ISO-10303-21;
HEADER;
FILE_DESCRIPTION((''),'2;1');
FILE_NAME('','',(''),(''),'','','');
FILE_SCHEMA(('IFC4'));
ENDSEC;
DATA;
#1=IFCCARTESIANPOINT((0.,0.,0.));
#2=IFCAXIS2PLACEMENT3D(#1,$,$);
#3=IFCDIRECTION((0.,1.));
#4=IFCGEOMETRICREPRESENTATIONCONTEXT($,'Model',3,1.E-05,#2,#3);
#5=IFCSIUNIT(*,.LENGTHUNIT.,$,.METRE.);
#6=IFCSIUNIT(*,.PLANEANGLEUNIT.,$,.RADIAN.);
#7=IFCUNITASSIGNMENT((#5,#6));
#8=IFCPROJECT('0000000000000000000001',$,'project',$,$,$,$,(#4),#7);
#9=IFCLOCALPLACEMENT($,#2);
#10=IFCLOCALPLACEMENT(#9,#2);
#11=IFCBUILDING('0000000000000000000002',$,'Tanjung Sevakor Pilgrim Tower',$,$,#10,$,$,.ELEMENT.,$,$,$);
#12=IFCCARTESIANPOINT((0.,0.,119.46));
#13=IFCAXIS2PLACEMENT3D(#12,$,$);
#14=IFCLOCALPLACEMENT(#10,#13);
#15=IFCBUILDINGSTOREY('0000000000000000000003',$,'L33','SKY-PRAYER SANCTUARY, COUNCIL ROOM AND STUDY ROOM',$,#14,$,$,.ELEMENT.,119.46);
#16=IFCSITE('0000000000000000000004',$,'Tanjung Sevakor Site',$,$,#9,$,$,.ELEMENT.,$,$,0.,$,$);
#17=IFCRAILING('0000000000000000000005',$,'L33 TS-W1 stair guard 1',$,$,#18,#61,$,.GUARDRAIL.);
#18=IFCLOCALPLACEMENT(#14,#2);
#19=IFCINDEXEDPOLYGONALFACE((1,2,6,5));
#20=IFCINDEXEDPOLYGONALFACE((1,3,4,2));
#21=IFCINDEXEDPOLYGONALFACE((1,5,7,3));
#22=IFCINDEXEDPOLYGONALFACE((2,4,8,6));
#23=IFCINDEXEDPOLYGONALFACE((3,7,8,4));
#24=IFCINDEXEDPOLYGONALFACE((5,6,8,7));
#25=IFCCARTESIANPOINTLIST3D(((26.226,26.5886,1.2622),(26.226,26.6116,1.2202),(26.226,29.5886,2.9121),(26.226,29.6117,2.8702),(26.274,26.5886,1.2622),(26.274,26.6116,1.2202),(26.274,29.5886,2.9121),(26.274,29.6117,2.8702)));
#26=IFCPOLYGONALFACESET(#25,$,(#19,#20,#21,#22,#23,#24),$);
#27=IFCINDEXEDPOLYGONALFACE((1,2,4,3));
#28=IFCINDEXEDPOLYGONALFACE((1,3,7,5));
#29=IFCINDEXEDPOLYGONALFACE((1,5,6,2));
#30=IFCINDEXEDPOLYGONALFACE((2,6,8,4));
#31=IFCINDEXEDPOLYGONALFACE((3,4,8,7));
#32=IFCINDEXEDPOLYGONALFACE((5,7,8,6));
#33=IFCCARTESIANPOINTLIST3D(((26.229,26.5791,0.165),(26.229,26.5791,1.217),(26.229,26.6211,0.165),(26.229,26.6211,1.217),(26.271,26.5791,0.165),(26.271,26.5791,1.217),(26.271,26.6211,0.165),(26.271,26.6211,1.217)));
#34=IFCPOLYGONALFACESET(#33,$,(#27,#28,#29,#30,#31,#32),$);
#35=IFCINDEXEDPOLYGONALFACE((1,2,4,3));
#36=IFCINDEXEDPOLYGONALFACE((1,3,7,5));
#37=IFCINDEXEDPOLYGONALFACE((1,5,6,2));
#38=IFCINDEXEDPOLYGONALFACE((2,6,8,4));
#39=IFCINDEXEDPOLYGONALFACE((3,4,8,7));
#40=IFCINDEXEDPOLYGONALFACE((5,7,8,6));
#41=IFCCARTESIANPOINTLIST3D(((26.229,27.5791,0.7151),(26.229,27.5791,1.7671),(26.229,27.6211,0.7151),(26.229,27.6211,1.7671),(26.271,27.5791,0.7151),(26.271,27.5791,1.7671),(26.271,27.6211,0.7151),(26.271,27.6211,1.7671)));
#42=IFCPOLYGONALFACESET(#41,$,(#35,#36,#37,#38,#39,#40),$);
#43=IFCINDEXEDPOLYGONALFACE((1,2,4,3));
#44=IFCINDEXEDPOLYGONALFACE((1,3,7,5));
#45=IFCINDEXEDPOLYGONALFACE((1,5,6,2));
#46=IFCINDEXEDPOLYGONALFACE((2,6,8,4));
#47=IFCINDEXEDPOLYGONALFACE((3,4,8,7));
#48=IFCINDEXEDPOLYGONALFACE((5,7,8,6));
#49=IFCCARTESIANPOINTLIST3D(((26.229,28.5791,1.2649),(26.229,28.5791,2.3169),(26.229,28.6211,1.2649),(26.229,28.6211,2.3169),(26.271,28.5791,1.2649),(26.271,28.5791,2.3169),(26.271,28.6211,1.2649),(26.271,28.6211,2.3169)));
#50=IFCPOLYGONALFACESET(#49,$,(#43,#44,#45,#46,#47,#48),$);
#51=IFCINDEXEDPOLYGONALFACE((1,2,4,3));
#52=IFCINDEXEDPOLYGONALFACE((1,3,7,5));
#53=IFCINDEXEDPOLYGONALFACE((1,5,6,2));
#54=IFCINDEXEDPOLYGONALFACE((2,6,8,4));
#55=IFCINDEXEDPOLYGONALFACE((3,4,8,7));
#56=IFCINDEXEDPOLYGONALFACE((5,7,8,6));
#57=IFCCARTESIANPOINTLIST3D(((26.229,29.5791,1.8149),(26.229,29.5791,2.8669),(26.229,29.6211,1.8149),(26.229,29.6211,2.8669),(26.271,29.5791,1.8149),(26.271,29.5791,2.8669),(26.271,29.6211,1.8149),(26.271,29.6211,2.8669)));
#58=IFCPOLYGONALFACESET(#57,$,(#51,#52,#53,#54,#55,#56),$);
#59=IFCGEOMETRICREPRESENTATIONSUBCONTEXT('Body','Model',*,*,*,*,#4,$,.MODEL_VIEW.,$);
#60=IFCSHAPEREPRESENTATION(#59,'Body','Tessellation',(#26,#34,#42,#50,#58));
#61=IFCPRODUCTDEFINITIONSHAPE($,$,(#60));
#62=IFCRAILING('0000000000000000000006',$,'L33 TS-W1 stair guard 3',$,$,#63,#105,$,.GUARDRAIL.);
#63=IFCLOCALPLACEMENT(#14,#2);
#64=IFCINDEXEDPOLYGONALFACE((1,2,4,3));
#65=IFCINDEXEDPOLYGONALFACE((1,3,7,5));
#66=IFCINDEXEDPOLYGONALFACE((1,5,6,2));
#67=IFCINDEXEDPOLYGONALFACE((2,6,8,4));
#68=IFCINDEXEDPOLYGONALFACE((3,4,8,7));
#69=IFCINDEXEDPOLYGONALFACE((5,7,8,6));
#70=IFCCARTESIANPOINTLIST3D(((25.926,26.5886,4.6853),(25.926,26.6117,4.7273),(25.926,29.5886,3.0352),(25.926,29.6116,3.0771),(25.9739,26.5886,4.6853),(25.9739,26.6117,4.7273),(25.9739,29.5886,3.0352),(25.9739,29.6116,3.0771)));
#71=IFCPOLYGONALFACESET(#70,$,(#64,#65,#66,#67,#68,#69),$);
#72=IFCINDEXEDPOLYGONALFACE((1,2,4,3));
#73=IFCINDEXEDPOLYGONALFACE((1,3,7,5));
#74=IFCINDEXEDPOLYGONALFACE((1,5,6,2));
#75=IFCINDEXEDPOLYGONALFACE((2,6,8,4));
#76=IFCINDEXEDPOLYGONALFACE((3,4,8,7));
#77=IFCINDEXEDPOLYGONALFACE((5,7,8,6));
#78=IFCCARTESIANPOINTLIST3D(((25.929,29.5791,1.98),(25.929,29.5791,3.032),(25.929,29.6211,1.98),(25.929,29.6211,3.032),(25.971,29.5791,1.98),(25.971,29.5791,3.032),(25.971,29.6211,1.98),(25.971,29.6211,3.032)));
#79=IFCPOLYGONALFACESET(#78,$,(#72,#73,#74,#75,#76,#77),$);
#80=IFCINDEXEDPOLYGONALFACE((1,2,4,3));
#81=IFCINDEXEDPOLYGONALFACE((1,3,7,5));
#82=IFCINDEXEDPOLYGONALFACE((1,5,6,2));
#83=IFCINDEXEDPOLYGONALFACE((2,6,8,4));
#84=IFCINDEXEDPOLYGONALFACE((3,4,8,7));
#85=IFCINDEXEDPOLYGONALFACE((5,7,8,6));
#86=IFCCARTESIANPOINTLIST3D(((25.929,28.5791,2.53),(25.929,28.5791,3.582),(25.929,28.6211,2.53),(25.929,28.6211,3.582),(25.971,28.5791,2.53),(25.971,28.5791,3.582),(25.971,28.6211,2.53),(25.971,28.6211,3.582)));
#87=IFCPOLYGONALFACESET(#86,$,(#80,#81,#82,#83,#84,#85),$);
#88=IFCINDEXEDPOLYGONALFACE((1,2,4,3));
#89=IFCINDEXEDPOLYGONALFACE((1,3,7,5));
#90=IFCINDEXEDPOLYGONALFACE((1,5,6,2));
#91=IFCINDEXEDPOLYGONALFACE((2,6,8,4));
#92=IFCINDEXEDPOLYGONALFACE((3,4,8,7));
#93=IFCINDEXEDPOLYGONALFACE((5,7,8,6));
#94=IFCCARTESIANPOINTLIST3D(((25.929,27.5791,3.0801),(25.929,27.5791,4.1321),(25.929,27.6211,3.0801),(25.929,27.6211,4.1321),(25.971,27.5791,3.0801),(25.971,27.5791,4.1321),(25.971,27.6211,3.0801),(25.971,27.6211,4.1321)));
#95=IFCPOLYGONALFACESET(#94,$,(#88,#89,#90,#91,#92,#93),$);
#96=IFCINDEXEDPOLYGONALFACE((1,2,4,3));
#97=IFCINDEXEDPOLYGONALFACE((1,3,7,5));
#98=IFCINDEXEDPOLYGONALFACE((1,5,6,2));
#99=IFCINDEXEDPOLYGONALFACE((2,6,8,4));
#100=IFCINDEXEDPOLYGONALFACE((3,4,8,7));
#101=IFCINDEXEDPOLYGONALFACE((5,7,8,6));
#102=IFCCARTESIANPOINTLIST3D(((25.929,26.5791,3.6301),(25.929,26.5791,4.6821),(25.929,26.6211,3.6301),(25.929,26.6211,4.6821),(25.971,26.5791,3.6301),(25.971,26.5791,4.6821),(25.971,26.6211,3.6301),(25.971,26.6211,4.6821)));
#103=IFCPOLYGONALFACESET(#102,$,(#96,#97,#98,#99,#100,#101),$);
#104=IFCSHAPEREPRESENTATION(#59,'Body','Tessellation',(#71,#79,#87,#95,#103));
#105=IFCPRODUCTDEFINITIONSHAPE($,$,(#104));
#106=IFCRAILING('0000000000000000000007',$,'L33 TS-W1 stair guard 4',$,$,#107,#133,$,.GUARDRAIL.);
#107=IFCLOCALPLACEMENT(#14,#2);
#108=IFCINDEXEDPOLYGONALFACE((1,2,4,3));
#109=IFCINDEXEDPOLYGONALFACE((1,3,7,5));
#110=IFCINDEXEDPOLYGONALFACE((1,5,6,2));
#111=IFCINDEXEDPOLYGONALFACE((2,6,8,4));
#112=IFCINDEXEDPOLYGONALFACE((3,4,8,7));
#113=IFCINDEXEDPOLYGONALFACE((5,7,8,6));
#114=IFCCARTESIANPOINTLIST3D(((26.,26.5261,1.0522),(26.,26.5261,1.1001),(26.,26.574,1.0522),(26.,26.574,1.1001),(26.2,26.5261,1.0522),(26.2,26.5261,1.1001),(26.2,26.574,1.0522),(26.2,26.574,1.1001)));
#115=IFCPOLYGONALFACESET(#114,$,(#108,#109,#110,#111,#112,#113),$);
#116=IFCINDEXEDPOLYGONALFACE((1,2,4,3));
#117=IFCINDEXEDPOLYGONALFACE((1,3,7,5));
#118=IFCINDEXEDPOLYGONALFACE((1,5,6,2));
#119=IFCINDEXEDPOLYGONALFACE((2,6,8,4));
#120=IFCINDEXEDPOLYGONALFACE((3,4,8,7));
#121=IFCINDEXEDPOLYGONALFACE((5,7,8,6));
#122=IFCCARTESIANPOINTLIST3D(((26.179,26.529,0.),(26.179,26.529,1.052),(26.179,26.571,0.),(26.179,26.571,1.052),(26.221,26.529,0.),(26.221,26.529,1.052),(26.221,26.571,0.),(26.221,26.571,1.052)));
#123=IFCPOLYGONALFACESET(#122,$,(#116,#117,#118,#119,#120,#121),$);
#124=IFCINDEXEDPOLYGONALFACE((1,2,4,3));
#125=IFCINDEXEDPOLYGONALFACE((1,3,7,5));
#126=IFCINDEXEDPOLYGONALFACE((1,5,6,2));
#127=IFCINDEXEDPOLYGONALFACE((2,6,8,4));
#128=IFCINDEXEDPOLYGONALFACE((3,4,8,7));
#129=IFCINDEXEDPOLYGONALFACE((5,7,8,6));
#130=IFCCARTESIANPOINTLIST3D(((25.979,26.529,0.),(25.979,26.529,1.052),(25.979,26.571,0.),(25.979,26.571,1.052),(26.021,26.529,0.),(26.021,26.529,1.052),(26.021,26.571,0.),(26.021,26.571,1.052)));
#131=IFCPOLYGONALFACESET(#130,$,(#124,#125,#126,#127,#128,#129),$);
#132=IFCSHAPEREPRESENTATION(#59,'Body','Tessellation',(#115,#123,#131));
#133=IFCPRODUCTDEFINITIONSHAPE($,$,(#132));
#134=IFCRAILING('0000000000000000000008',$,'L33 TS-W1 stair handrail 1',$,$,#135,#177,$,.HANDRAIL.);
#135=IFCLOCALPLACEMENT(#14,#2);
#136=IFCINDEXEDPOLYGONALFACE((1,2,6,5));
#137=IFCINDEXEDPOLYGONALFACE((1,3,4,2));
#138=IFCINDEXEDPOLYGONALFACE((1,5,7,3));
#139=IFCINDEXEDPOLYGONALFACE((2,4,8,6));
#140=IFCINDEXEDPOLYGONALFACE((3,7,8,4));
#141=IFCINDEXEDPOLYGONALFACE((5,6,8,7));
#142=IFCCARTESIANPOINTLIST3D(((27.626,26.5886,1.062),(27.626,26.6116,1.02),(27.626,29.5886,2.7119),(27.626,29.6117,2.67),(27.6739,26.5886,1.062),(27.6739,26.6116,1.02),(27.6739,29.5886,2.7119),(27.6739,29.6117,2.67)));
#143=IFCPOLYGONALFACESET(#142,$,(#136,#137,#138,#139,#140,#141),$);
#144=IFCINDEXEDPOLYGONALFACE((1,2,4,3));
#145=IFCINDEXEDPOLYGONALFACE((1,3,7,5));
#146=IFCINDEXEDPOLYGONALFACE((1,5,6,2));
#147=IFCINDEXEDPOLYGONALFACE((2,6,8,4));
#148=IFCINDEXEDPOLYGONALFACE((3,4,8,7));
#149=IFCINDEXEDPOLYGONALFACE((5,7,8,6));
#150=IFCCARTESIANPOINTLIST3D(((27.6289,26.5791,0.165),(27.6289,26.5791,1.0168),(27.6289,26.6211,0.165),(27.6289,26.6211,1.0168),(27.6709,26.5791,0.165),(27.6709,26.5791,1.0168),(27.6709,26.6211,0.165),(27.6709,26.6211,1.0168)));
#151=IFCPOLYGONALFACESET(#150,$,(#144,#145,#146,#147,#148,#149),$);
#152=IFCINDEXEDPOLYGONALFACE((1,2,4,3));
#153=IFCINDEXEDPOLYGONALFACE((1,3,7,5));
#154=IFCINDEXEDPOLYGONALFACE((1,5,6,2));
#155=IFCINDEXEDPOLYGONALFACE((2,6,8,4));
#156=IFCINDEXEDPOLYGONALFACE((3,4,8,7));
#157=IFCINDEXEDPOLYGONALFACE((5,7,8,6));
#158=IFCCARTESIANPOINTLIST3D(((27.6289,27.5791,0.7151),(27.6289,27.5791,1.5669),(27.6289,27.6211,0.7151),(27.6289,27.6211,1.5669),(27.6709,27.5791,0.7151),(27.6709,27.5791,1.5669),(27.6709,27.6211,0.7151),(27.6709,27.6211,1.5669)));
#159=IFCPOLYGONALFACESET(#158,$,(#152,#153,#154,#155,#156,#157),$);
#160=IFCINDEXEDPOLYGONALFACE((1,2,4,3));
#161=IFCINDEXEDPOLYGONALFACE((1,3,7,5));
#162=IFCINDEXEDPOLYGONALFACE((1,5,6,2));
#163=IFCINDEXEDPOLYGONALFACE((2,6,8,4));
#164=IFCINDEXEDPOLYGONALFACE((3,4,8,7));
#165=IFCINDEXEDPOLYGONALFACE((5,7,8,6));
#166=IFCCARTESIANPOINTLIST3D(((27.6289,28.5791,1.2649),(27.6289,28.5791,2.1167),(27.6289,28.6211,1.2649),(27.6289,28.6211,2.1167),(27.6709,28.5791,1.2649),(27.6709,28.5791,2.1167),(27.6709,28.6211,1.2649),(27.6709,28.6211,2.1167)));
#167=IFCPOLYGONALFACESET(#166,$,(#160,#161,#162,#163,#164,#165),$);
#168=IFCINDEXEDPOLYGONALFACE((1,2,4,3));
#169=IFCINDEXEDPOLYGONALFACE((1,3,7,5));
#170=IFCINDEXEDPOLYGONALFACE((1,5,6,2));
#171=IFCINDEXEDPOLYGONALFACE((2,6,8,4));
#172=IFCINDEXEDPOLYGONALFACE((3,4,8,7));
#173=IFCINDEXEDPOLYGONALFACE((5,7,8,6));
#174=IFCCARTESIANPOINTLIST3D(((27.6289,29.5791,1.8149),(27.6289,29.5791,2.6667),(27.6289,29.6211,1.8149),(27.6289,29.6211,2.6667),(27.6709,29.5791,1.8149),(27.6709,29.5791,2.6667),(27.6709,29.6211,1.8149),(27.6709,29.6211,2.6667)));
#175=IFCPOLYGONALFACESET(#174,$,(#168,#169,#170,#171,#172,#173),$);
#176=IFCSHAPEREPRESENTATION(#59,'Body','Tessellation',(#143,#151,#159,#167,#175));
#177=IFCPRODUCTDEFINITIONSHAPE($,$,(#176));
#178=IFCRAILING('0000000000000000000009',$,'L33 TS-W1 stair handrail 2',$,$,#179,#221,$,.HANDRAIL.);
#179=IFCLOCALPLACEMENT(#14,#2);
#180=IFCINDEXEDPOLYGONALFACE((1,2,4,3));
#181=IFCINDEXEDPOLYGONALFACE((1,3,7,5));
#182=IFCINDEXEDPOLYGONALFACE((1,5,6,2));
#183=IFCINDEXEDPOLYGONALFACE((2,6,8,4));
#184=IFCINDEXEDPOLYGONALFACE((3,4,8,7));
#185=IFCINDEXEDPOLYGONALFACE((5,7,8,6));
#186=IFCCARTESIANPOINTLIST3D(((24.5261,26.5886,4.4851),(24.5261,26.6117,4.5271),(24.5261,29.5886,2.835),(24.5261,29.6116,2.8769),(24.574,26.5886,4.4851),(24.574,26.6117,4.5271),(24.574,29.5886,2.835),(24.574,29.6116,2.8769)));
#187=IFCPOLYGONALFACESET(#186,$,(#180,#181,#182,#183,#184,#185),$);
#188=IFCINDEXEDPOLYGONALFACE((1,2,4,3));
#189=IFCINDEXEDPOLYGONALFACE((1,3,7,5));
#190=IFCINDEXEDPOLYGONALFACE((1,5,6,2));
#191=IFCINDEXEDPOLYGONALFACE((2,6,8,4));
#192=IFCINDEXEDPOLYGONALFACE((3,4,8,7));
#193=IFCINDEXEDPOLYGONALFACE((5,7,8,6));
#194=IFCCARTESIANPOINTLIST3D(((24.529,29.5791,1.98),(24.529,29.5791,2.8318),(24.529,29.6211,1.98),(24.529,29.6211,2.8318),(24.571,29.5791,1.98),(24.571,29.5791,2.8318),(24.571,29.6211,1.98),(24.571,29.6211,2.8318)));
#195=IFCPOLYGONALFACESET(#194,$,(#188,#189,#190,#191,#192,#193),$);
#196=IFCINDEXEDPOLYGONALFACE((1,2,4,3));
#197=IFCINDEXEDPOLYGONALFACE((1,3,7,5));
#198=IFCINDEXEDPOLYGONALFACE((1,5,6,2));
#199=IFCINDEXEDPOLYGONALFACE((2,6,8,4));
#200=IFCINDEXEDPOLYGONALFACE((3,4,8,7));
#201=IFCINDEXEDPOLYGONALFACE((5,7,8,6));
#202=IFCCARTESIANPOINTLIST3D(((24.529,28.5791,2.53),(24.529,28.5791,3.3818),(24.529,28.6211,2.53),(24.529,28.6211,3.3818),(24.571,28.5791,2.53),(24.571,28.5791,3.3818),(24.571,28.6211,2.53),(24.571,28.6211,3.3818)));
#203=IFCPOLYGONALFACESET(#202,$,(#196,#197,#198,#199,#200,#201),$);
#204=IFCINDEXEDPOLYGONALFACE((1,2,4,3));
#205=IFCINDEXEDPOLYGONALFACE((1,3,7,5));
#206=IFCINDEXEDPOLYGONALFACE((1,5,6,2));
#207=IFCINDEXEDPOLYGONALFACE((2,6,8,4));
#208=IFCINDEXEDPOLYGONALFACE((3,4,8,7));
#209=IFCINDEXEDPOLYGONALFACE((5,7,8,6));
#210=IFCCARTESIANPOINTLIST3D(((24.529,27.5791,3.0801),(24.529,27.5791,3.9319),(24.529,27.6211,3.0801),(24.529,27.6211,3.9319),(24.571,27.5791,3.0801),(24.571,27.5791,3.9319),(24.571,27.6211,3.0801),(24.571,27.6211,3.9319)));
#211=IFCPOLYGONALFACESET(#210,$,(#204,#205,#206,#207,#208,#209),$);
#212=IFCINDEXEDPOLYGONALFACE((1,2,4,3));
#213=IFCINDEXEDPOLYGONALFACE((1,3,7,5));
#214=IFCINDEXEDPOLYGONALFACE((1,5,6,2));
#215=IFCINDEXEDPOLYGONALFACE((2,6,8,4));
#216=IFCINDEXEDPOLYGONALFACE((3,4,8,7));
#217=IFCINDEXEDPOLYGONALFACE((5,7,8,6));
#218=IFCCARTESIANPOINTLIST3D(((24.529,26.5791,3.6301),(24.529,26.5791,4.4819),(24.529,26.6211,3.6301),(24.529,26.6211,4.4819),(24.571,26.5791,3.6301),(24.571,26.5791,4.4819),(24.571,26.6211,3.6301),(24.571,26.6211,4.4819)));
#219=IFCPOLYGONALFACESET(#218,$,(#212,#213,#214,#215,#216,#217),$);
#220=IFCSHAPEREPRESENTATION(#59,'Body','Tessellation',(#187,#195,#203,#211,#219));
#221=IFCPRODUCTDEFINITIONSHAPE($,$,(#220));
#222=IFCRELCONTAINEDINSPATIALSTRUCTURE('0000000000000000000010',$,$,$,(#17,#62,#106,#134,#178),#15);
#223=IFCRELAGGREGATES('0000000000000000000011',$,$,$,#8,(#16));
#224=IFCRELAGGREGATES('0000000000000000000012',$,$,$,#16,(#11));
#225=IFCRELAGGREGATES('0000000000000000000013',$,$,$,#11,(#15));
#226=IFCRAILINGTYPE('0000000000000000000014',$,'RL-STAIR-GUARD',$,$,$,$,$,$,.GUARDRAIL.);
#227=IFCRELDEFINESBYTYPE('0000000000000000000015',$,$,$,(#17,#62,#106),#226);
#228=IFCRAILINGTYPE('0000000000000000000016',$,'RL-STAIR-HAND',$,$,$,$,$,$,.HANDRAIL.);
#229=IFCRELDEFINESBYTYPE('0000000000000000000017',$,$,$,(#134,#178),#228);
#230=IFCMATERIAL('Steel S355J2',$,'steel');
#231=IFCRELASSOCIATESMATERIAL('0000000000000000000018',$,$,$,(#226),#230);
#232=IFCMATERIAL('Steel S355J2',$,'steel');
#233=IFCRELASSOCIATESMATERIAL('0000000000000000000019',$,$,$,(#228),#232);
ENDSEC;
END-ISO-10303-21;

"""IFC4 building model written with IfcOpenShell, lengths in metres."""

from ifc_helpers import new_model, si_unit, direction, frame, origin, place, context, subcontext, project, spatial, rectangle, extrude, material, type_object, element, save


model = new_model("IFC4")

# Units and contexts
model_context = context("Model", 3, precision=1e-05, world=origin(), true_north=direction((0.0, 1.0)))
body_context = subcontext(model_context, "Body", "Model", "MODEL_VIEW")
ifc_project = project(units=[si_unit("LENGTHUNIT", "METRE"), si_unit("PLANEANGLEUNIT", "RADIAN")], contexts=[model_context])

# Site, building, storey
site_placement = place(None, origin())
site = spatial("IfcSite", under=ifc_project, at=site_placement, Name="Tanjung Sevakor Site", CompositionType="ELEMENT", RefElevation=0.0)
building_placement = place(site_placement, origin())
building = spatial("IfcBuilding", under=site, at=building_placement, Name="Tanjung Sevakor Pilgrim Tower", CompositionType="ELEMENT")
storey_placement = place(building_placement, frame((0.0, 0.0, 119.46)))
storey = spatial("IfcBuildingStorey", under=building, at=storey_placement, Name="L33", Description="SKY-PRAYER SANCTUARY, COUNCIL ROOM AND STUDY ROOM", CompositionType="ELEMENT", Elevation=119.46)

# Railings
ifc_material_1 = material(Name="Steel S355J2", Category="steel")
railing_type_1 = type_object("IfcRailingType", Name="RL-STAIR-GUARD", PredefinedType="GUARDRAIL", material=ifc_material_1)
railing_1_placement = place(storey_placement, frame((26.25, 26.6001, 0.165)))
element("IfcRailing", 1, at=railing_1_placement, inside=storey, type_object=railing_type_1, Name="L33 TS-W1 stair guard 1", PredefinedType="GUARDRAIL", context=body_context, shape_type="SweptSolid", body=[
    extrude(rectangle(XDim=0.0479, YDim=0.0479), frame((0.0, 0.0, 1.0762), z_axis=(0.0, 0.876228, 0.481897), x_axis=(-1.0, 0.0, 0.0)), (0.0, 0.0, 1.0), 3.4238),
    extrude(rectangle(XDim=0.042, YDim=0.042), origin(), (0.0, 0.0, 1.0), 1.052),
    extrude(rectangle(XDim=0.042, YDim=0.042), frame((0.0, 1.0, 0.55)), (0.0, 0.0, 1.0), 1.052),
    extrude(rectangle(XDim=0.042, YDim=0.042), frame((0.0, 2.0, 1.0999)), (0.0, 0.0, 1.0), 1.052),
    extrude(rectangle(XDim=0.042, YDim=0.042), frame((0.0, 3.0, 1.6499)), (0.0, 0.0, 1.0), 1.052),
])
railing_2_placement = place(storey_placement, frame((25.95, 29.6001, 1.98)))
element("IfcRailing", 2, at=railing_2_placement, inside=storey, type_object=railing_type_1, Name="L33 TS-W1 stair guard 3", PredefinedType="GUARDRAIL", context=body_context, shape_type="SweptSolid", body=[
    extrude(rectangle(XDim=0.0479, YDim=0.0479), frame((0.0, 0.0, 1.0762), z_axis=(0.0, -0.876198, 0.481952), x_axis=(1.0, 0.0, 0.0)), (0.0, 0.0, 1.0), 3.4238),
    extrude(rectangle(XDim=0.042, YDim=0.042), origin(), (0.0, 0.0, 1.0), 1.052),
    extrude(rectangle(XDim=0.042, YDim=0.042), frame((0.0, -1.0, 0.55)), (0.0, 0.0, 1.0), 1.052),
    extrude(rectangle(XDim=0.042, YDim=0.042), frame((0.0, -2.0, 1.1001)), (0.0, 0.0, 1.0), 1.052),
    extrude(rectangle(XDim=0.042, YDim=0.042), frame((0.0, -3.0, 1.6501)), (0.0, 0.0, 1.0), 1.052),
])
railing_3_placement = place(storey_placement, frame((26.2, 26.55, 0.0)))
element("IfcRailing", 3, at=railing_3_placement, inside=storey, type_object=railing_type_1, Name="L33 TS-W1 stair guard 4", PredefinedType="GUARDRAIL", context=body_context, shape_type="SweptSolid", body=[
    extrude(rectangle(XDim=0.0479, YDim=0.0479), frame((0.0, 0.0, 1.0762), z_axis=(-1.0, 0.0, 0.0), x_axis=(0.0, -1.0, 0.0)), (0.0, 0.0, 1.0), 0.2),
    extrude(rectangle(XDim=0.042, YDim=0.042), origin(), (0.0, 0.0, 1.0), 1.052),
    extrude(rectangle(XDim=0.042, YDim=0.042), frame((-0.2, 0.0, 0.0)), (0.0, 0.0, 1.0), 1.052),
])
ifc_material_2 = material(Name="Steel S355J2", Category="steel")
railing_type_2 = type_object("IfcRailingType", Name="RL-STAIR-HAND", PredefinedType="HANDRAIL", material=ifc_material_2)
railing_4_placement = place(storey_placement, frame((27.6499, 26.6001, 0.165)))
element("IfcRailing", 4, at=railing_4_placement, inside=storey, type_object=railing_type_2, Name="L33 TS-W1 stair handrail 1", PredefinedType="HANDRAIL", context=body_context, shape_type="SweptSolid", body=[
    extrude(rectangle(XDim=0.0479, YDim=0.0479), frame((0.0, 0.0, 0.876), z_axis=(0.0, 0.876228, 0.481897), x_axis=(-1.0, 0.0, 0.0)), (0.0, 0.0, 1.0), 3.4238),
    extrude(rectangle(XDim=0.042, YDim=0.042), origin(), (0.0, 0.0, 1.0), 0.8518),
    extrude(rectangle(XDim=0.042, YDim=0.042), frame((0.0, 1.0, 0.55)), (0.0, 0.0, 1.0), 0.8518),
    extrude(rectangle(XDim=0.042, YDim=0.042), frame((0.0, 2.0, 1.0999)), (0.0, 0.0, 1.0), 0.8518),
    extrude(rectangle(XDim=0.042, YDim=0.042), frame((0.0, 3.0, 1.6499)), (0.0, 0.0, 1.0), 0.8518),
])
railing_5_placement = place(storey_placement, frame((24.55, 29.6001, 1.98)))
element("IfcRailing", 5, at=railing_5_placement, inside=storey, type_object=railing_type_2, Name="L33 TS-W1 stair handrail 2", PredefinedType="HANDRAIL", context=body_context, shape_type="SweptSolid", body=[
    extrude(rectangle(XDim=0.0479, YDim=0.0479), frame((0.0, 0.0, 0.876), z_axis=(0.0, -0.876198, 0.481952), x_axis=(1.0, 0.0, 0.0)), (0.0, 0.0, 1.0), 3.4238),
    extrude(rectangle(XDim=0.042, YDim=0.042), origin(), (0.0, 0.0, 1.0), 0.8518),
    extrude(rectangle(XDim=0.042, YDim=0.042), frame((0.0, -1.0, 0.55)), (0.0, 0.0, 1.0), 0.8518),
    extrude(rectangle(XDim=0.042, YDim=0.042), frame((0.0, -2.0, 1.1001)), (0.0, 0.0, 1.0), 0.8518),
    extrude(rectangle(XDim=0.042, YDim=0.042), frame((0.0, -3.0, 1.6501)), (0.0, 0.0, 1.0), 0.8518),
])

save(model, "model.ifc")
